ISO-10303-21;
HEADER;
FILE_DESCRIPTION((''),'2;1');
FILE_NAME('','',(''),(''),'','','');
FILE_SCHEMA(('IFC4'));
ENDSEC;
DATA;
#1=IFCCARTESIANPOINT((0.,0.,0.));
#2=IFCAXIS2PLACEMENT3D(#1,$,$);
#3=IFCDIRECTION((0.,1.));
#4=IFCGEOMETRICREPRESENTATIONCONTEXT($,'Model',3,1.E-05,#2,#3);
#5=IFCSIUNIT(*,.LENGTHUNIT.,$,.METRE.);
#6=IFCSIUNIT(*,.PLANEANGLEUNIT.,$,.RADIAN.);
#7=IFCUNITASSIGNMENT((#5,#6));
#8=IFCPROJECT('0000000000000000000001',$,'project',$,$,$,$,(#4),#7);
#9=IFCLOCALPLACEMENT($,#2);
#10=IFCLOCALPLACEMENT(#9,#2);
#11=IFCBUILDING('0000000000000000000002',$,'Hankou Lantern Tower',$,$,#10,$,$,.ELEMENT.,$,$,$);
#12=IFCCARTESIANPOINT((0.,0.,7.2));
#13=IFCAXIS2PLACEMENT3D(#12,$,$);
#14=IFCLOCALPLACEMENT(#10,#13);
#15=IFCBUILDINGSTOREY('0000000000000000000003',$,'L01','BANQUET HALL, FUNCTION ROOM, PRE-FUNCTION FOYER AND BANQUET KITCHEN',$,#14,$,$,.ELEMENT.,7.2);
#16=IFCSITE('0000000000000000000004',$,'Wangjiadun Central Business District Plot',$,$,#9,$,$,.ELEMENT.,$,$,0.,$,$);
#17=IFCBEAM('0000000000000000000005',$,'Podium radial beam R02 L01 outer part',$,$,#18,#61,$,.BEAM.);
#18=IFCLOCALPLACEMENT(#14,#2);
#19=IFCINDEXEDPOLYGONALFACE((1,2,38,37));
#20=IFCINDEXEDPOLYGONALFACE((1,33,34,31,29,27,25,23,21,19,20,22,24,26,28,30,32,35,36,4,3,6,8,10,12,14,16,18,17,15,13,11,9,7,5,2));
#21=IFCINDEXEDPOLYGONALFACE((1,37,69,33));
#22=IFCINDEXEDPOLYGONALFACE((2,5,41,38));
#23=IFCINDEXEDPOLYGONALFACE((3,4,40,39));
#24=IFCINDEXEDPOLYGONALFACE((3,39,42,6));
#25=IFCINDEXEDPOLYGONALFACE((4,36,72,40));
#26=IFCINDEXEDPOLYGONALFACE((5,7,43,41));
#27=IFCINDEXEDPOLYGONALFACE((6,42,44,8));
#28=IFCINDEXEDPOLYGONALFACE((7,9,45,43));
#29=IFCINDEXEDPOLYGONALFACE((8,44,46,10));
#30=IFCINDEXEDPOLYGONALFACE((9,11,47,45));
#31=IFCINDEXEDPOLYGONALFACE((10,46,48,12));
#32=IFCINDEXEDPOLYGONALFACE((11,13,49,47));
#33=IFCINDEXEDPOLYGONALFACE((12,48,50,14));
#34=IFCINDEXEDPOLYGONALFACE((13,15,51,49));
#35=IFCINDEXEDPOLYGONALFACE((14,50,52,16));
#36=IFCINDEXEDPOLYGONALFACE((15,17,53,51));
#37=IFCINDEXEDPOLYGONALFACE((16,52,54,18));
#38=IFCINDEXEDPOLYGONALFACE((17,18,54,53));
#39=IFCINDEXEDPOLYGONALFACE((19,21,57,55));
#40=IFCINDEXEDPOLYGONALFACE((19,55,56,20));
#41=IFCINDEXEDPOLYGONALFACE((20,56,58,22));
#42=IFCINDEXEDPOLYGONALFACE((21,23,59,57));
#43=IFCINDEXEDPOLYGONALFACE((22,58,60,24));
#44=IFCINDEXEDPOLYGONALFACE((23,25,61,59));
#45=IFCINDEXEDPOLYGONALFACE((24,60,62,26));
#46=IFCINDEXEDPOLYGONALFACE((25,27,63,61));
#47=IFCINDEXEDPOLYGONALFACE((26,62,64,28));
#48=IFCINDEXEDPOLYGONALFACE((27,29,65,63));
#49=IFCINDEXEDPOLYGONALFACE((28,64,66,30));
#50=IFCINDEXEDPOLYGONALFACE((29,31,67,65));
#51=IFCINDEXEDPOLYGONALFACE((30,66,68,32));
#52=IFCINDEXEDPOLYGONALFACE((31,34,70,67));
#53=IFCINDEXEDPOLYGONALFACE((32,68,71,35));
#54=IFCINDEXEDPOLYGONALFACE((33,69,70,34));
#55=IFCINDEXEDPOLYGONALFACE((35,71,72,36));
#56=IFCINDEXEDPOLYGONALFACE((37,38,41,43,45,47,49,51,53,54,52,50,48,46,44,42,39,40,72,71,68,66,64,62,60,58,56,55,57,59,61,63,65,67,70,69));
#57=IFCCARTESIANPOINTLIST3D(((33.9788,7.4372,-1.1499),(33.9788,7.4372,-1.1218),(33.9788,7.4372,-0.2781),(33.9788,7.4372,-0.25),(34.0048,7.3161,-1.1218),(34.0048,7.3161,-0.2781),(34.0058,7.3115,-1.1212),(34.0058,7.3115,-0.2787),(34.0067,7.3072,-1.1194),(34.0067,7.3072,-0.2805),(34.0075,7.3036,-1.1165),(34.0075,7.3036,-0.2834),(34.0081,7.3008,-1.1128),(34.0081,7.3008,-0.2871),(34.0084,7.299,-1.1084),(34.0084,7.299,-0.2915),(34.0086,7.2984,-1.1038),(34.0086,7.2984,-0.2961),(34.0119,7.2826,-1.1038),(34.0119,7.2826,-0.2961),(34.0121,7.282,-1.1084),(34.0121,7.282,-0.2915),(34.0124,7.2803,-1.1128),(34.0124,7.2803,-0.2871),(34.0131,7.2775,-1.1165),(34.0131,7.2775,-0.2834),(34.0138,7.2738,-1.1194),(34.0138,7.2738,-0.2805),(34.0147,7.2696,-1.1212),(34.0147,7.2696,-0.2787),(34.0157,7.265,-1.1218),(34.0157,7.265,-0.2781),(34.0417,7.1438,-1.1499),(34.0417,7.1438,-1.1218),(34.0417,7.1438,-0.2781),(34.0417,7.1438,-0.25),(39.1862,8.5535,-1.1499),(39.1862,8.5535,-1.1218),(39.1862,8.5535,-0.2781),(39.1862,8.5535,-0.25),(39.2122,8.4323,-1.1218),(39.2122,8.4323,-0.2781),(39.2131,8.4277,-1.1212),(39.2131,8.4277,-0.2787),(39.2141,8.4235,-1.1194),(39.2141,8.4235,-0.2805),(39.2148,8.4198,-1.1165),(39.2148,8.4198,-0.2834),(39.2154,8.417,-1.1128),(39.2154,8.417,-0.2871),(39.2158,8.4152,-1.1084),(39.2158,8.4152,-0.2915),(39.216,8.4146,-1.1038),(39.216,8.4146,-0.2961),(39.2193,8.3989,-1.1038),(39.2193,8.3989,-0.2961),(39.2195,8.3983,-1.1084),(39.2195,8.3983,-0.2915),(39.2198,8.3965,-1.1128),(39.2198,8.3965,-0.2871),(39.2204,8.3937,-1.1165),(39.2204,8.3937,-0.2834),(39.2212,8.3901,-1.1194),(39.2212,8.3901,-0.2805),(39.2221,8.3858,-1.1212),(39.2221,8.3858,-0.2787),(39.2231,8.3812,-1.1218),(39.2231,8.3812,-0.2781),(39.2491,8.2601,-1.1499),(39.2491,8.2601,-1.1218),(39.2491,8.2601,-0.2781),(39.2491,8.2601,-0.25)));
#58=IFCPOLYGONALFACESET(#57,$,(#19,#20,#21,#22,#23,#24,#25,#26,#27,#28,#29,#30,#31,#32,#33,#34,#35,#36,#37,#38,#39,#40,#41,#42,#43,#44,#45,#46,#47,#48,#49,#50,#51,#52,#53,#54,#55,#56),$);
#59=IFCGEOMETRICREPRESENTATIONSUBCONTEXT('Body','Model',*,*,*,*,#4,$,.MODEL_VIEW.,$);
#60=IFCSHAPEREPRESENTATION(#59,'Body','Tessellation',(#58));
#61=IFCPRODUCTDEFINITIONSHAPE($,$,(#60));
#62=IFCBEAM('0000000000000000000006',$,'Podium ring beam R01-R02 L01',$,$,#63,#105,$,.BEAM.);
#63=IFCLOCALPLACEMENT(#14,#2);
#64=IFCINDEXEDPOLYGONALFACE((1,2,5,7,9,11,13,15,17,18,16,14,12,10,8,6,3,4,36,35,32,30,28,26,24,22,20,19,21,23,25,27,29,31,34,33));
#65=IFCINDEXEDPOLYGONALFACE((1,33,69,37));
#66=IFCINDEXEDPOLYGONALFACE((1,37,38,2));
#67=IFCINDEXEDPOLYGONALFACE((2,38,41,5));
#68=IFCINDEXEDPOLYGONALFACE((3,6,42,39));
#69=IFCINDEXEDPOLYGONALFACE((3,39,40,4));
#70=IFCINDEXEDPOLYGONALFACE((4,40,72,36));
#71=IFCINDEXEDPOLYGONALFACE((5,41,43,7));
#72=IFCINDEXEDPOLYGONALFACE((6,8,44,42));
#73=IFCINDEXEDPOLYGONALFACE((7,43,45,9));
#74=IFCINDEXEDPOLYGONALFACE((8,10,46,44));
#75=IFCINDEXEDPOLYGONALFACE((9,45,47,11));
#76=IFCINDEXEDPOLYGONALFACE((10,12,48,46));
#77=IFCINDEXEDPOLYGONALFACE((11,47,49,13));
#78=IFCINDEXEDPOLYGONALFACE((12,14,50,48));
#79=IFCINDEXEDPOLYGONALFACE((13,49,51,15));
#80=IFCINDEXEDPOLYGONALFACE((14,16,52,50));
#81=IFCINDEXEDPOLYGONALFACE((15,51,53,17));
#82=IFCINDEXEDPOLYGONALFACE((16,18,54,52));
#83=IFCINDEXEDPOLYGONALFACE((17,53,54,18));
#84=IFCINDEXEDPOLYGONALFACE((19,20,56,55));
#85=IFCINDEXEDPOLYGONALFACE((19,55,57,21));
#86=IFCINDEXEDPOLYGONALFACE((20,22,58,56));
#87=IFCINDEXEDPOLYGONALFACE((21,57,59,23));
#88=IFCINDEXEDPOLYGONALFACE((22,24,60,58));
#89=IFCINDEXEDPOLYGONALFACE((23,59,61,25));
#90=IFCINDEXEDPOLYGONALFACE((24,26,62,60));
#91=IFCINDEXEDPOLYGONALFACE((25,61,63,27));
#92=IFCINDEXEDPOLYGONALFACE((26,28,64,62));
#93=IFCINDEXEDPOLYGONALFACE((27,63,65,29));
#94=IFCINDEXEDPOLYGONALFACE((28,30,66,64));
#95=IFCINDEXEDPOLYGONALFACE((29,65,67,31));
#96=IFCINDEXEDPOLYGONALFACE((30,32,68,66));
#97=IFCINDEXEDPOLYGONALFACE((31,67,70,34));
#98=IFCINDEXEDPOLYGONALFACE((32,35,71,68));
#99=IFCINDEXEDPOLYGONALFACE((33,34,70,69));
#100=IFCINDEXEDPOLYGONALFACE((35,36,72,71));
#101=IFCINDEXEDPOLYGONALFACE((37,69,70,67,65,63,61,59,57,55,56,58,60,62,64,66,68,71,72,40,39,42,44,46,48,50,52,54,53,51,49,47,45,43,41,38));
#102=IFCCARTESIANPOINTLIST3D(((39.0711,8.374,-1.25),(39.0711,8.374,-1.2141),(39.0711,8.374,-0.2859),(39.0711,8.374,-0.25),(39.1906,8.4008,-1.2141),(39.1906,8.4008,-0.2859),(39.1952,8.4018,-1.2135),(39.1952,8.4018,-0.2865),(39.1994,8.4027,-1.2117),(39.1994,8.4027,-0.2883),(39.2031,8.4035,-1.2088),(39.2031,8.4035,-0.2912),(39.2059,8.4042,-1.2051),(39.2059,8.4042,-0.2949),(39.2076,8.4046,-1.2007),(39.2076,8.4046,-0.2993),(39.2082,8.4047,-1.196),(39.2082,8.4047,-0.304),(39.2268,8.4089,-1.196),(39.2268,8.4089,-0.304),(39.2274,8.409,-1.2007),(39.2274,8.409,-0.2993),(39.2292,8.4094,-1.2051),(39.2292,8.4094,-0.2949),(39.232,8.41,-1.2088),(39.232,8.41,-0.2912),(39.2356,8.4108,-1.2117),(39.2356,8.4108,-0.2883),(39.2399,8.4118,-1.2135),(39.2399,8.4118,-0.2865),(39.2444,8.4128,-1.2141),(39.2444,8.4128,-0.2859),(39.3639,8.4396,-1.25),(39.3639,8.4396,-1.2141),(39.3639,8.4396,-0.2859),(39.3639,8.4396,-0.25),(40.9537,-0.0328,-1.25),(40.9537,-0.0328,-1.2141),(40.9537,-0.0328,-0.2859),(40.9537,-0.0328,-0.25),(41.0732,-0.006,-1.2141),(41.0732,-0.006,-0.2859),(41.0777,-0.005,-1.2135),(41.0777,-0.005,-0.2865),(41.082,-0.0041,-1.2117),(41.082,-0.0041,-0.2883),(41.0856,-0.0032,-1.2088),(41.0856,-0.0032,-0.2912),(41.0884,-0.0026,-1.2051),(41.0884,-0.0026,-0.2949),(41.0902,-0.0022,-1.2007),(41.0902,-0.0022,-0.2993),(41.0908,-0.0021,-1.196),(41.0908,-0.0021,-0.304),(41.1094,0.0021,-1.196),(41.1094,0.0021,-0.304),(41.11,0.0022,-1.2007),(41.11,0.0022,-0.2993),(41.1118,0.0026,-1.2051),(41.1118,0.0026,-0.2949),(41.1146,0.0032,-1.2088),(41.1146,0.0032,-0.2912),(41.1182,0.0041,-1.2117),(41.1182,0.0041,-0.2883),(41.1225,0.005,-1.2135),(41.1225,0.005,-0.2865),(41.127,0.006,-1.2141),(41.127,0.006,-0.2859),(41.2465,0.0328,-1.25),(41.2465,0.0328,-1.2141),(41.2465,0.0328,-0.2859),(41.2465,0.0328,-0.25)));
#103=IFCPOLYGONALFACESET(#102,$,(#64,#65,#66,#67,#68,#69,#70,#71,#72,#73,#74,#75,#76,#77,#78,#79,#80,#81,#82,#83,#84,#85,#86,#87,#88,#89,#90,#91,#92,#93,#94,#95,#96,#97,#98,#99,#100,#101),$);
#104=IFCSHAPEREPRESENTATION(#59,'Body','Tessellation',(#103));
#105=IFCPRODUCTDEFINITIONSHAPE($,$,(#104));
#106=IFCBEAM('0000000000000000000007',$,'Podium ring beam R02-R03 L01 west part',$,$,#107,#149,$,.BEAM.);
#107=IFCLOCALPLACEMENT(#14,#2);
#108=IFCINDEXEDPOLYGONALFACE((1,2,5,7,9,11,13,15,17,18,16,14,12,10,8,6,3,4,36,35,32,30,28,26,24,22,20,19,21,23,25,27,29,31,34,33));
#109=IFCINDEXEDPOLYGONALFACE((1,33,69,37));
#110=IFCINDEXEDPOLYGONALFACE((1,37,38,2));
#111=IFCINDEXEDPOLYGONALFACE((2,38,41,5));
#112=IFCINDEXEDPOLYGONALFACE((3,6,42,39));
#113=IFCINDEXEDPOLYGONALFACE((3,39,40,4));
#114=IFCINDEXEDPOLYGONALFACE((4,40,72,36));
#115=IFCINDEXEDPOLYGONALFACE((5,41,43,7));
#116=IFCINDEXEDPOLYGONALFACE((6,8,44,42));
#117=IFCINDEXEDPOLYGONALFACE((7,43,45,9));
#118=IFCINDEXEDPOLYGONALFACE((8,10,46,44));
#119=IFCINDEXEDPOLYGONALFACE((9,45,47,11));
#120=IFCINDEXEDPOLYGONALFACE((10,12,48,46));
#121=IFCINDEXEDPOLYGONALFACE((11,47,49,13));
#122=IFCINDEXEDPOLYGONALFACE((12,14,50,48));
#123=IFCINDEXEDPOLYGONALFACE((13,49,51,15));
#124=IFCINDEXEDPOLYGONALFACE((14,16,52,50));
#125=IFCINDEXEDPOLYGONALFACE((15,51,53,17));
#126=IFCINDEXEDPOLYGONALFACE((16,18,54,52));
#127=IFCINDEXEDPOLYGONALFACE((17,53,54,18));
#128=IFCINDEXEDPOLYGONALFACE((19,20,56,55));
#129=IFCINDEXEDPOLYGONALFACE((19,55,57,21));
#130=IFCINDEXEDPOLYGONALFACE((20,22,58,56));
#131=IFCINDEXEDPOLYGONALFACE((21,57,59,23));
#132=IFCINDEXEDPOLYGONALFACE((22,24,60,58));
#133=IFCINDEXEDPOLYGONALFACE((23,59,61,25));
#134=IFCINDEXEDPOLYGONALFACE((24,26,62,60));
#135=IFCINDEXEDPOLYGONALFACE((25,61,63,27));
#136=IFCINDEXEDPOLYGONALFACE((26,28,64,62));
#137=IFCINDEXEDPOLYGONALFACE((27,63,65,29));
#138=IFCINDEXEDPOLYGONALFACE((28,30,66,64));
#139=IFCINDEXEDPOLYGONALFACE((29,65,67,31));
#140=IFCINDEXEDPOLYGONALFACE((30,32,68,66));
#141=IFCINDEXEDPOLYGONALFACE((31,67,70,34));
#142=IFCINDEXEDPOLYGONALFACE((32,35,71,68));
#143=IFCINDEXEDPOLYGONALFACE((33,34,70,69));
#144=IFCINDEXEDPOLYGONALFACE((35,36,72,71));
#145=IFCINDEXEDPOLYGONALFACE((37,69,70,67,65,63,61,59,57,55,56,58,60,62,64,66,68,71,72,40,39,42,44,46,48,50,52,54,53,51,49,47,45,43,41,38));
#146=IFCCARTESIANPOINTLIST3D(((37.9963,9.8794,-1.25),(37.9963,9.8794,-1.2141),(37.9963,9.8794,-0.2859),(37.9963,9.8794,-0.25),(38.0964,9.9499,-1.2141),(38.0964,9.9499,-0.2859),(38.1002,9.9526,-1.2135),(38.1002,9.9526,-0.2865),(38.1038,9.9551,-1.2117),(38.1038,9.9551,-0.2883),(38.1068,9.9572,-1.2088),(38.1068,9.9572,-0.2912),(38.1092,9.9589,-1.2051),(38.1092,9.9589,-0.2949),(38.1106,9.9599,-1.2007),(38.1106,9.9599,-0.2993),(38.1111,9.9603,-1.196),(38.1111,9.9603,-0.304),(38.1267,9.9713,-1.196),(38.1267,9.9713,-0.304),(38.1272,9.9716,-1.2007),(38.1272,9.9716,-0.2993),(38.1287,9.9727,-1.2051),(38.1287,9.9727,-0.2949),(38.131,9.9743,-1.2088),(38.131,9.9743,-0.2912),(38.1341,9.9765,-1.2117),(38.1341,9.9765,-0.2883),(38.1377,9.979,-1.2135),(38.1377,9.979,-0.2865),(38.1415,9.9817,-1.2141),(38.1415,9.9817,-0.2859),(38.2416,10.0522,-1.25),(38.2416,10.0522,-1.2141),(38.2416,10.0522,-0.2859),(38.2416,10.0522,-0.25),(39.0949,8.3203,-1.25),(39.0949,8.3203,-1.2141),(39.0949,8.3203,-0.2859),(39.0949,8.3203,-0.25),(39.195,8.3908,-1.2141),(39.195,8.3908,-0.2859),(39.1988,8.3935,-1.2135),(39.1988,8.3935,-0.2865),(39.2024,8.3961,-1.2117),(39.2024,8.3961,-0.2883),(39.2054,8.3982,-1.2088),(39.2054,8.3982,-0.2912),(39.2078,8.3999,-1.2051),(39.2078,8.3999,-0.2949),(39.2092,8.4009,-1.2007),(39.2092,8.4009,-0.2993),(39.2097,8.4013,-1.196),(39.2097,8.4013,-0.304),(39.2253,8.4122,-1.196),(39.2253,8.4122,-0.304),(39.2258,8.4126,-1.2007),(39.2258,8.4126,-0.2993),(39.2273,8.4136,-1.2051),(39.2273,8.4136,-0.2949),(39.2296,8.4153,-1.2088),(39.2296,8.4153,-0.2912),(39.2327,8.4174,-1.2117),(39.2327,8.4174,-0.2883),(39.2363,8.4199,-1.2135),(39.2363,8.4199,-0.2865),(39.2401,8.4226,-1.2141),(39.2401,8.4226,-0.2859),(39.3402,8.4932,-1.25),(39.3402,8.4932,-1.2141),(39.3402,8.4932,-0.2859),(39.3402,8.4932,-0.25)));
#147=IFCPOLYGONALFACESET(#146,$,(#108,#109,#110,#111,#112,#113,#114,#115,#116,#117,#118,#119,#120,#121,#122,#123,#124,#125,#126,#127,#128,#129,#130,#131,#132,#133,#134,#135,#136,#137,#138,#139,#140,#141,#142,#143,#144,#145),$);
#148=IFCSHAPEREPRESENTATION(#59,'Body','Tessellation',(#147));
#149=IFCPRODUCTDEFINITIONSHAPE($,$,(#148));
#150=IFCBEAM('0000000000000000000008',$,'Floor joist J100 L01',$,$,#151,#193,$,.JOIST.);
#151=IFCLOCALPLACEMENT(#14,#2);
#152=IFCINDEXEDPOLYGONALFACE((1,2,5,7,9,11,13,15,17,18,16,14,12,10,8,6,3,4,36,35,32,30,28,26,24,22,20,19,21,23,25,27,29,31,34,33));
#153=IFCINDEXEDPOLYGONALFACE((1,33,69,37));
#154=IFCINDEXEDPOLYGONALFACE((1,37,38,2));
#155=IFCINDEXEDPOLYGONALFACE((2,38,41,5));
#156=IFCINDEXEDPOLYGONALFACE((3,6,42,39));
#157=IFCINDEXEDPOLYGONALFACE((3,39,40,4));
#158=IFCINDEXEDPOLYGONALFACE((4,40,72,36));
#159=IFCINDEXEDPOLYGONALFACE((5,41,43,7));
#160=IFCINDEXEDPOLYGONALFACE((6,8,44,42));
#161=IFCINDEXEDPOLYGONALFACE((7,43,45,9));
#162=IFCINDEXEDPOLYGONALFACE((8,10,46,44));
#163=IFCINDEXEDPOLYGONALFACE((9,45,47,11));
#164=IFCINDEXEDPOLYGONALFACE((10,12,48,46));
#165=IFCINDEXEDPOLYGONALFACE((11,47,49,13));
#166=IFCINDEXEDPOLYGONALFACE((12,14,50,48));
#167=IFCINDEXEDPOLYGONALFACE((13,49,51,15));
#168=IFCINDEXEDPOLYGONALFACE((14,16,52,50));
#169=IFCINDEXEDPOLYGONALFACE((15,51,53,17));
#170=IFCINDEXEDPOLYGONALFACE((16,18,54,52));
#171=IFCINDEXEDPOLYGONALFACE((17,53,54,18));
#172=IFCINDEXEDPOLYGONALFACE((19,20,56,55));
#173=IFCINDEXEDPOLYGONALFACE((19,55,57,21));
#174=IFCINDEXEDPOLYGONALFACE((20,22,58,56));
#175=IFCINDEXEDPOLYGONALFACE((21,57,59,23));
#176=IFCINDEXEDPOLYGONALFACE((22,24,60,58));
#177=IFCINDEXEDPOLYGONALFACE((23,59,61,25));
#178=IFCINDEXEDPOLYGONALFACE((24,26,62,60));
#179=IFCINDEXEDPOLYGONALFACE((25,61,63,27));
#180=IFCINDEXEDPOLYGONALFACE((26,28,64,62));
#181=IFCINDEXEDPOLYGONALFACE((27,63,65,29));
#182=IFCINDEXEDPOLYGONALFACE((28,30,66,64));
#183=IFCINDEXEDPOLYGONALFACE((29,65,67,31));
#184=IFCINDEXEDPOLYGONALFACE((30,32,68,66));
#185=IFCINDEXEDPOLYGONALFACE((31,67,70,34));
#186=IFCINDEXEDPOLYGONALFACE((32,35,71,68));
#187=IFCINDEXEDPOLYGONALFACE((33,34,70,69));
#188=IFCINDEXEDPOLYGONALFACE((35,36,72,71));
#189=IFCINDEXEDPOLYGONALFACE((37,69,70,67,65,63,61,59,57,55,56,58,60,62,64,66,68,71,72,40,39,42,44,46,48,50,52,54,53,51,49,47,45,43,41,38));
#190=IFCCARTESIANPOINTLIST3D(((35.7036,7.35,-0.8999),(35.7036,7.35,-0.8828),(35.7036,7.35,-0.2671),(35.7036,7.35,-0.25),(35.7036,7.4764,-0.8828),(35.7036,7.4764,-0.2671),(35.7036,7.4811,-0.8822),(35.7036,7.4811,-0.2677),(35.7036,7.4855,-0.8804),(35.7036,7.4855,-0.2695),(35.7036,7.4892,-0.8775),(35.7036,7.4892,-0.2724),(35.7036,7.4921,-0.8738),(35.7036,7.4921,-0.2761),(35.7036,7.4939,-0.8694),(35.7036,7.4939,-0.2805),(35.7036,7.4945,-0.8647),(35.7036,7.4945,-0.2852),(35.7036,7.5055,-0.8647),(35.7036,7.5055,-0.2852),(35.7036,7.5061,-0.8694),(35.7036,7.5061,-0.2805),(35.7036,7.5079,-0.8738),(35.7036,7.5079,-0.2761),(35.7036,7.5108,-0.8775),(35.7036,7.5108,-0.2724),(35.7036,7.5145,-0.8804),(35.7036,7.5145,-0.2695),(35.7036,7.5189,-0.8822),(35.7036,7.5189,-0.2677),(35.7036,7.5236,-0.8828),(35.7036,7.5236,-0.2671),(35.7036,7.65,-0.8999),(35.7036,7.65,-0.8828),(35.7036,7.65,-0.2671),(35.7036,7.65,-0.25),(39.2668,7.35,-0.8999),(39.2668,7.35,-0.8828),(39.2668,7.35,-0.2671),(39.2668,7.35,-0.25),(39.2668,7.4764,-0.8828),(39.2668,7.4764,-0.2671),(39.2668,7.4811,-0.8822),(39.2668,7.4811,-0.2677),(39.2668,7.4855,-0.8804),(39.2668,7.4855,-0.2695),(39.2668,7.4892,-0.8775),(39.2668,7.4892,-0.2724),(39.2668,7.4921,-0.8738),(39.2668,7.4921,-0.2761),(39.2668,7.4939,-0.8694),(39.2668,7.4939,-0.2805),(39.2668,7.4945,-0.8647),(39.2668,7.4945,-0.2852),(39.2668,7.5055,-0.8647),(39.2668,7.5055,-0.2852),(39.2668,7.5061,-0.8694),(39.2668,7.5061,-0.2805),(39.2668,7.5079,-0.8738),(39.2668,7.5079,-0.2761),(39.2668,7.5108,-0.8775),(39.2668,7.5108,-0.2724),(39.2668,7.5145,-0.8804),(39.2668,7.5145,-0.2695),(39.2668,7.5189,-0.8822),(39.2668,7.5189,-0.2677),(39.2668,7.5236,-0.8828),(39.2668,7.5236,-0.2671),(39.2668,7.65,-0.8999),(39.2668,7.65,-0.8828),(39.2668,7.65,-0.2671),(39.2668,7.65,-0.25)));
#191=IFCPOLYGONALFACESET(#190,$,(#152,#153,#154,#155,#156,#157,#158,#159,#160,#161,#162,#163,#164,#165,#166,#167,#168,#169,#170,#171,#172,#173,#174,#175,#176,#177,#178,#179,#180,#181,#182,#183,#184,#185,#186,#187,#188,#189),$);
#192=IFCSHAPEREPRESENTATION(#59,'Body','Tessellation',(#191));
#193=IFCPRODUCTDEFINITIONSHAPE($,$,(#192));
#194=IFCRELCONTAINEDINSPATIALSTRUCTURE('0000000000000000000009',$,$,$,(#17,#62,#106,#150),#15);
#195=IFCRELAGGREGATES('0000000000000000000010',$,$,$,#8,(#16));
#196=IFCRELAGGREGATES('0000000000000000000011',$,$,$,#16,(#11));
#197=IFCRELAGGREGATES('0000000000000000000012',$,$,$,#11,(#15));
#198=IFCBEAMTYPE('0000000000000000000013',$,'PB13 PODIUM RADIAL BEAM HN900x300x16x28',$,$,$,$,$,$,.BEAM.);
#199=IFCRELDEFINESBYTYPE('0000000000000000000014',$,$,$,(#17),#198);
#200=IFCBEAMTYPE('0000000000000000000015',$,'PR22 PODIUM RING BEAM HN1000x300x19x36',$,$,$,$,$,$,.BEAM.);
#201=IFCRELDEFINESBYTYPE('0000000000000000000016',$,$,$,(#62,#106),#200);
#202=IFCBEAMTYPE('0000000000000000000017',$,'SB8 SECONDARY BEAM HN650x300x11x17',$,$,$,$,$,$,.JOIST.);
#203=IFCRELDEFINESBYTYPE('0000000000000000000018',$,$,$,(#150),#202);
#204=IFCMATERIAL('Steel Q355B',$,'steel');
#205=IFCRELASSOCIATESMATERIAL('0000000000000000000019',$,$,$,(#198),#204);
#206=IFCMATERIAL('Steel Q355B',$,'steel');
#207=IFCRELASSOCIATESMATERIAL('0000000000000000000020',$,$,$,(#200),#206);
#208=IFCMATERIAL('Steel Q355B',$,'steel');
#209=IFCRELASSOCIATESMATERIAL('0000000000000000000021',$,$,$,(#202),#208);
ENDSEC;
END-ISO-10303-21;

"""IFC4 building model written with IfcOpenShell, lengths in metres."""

from ifc_helpers import new_model, si_unit, direction, frame, origin, origin_2d, place, context, subcontext, project, spatial, i_section, extrude, material, material_profile, profile_set, type_object, element, save


model = new_model("IFC4")

# Units and contexts
model_context = context("Model", 3, precision=1e-05, world=origin(), true_north=direction((0.0, 1.0)))
body_context = subcontext(model_context, "Body", "Model", "MODEL_VIEW")
ifc_project = project(units=[si_unit("LENGTHUNIT", "METRE"), si_unit("PLANEANGLEUNIT", "RADIAN")], contexts=[model_context])

# Site, building, storey
site_placement = place(None, origin())
site = spatial("IfcSite", under=ifc_project, at=site_placement, Name="Wangjiadun Central Business District Plot", CompositionType="ELEMENT", RefElevation=0.0)
building_placement = place(site_placement, origin())
building = spatial("IfcBuilding", under=site, at=building_placement, Name="Hankou Lantern Tower", CompositionType="ELEMENT")
storey_placement = place(building_placement, frame((0.0, 0.0, 7.2)))
storey = spatial("IfcBuildingStorey", under=building, at=storey_placement, Name="L01", Description="BANQUET HALL, FUNCTION ROOM, PRE-FUNCTION FOYER AND BANQUET KITCHEN", CompositionType="ELEMENT", Elevation=7.2)

# Beams
ifc_material_1 = material(Name="Steel Q355B", Category="steel")
ifc_material_profile_1 = material_profile(ifc_material_1, i_section(OverallWidth=0.3, OverallDepth=0.8999, WebThickness=0.0161, FlangeThickness=0.0281, FilletRadius=0.0181, at=origin_2d()), Name="HN900x300x16x28")
ifc_profile_set_1 = profile_set([ifc_material_profile_1], Name="Steel Q355B")
beam_type_1 = type_object("IfcBeamType", Name="PB13 PODIUM RADIAL BEAM HN900x300x16x28", PredefinedType="BEAM", material=ifc_profile_set_1)
beam_1_placement = place(storey_placement, frame((34.0103, 7.2905, -0.7), z_axis=(0.977788, 0.209595, 0.0), x_axis=(-0.209595, 0.977788, 0.0)))
element("IfcBeam", 1, at=beam_1_placement, inside=storey, type_object=beam_type_1, Name="Podium radial beam R02 L01 outer part", PredefinedType="BEAM", context=body_context, shape_type="SweptSolid", body=[
    extrude(i_section(OverallWidth=0.3, OverallDepth=0.8999, WebThickness=0.0161, FlangeThickness=0.0281, FilletRadius=0.0181, at=origin_2d()), origin(), (0.0, 0.0, 1.0), 5.3257),
])
ifc_material_2 = material(Name="Steel Q355B", Category="steel")
ifc_material_profile_2 = material_profile(ifc_material_2, i_section(OverallWidth=0.3, OverallDepth=1.0, WebThickness=0.019, FlangeThickness=0.0359, FilletRadius=0.0181, at=origin_2d()), Name="HN1000x300x19x36")
ifc_profile_set_2 = profile_set([ifc_material_profile_2], Name="Steel Q355B")
beam_type_2 = type_object("IfcBeamType", Name="PR22 PODIUM RING BEAM HN1000x300x19x36", PredefinedType="BEAM", material=ifc_profile_set_2)
beam_2_placement = place(storey_placement, frame((41.1001, 0.0, -0.75), z_axis=(-0.218523, 0.975832, 0.0), x_axis=(-0.975832, -0.218523, 0.0)))
element("IfcBeam", 2, at=beam_2_placement, inside=storey, type_object=beam_type_2, Name="Podium ring beam R01-R02 L01", PredefinedType="BEAM", context=body_context, shape_type="SweptSolid", body=[
    extrude(i_section(OverallWidth=0.3, OverallDepth=1.0, WebThickness=0.019, FlangeThickness=0.0359, FilletRadius=0.0181, at=origin_2d()), origin(), (0.0, 0.0, 1.0), 8.615),
])
beam_3_placement = place(storey_placement, frame((39.2175, 8.4067, -0.75), z_axis=(-0.57602, 0.817436, 0.0), x_axis=(-0.817436, -0.57602, 0.0)))
element("IfcBeam", 3, at=beam_3_placement, inside=storey, type_object=beam_type_2, Name="Podium ring beam R02-R03 L01 west part", PredefinedType="BEAM", context=body_context, shape_type="SweptSolid", body=[
    extrude(i_section(OverallWidth=0.3, OverallDepth=1.0, WebThickness=0.019, FlangeThickness=0.0359, FilletRadius=0.0181, at=origin_2d()), origin(), (0.0, 0.0, 1.0), 1.9072),
])
ifc_material_3 = material(Name="Steel Q355B", Category="steel")
ifc_material_profile_3 = material_profile(ifc_material_3, i_section(OverallWidth=0.3, OverallDepth=0.6499, WebThickness=0.011, FlangeThickness=0.0171, FilletRadius=0.0181, at=origin_2d()), Name="HN650x300x11x17")
ifc_profile_set_3 = profile_set([ifc_material_profile_3], Name="Steel Q355B")
beam_type_3 = type_object("IfcBeamType", Name="SB8 SECONDARY BEAM HN650x300x11x17", PredefinedType="JOIST", material=ifc_profile_set_3)
beam_4_placement = place(storey_placement, frame((35.7036, 7.5, -0.575), z_axis=(1.0, 0.0, 0.0), x_axis=(0.0, 1.0, 0.0)))
element("IfcBeam", 4, at=beam_4_placement, inside=storey, type_object=beam_type_3, Name="Floor joist J100 L01", PredefinedType="JOIST", context=body_context, shape_type="SweptSolid", body=[
    extrude(i_section(OverallWidth=0.3, OverallDepth=0.6499, WebThickness=0.011, FlangeThickness=0.0171, FilletRadius=0.0181, at=origin_2d()), origin(), (0.0, 0.0, 1.0), 3.5632),
])

save(model, "model.ifc")
